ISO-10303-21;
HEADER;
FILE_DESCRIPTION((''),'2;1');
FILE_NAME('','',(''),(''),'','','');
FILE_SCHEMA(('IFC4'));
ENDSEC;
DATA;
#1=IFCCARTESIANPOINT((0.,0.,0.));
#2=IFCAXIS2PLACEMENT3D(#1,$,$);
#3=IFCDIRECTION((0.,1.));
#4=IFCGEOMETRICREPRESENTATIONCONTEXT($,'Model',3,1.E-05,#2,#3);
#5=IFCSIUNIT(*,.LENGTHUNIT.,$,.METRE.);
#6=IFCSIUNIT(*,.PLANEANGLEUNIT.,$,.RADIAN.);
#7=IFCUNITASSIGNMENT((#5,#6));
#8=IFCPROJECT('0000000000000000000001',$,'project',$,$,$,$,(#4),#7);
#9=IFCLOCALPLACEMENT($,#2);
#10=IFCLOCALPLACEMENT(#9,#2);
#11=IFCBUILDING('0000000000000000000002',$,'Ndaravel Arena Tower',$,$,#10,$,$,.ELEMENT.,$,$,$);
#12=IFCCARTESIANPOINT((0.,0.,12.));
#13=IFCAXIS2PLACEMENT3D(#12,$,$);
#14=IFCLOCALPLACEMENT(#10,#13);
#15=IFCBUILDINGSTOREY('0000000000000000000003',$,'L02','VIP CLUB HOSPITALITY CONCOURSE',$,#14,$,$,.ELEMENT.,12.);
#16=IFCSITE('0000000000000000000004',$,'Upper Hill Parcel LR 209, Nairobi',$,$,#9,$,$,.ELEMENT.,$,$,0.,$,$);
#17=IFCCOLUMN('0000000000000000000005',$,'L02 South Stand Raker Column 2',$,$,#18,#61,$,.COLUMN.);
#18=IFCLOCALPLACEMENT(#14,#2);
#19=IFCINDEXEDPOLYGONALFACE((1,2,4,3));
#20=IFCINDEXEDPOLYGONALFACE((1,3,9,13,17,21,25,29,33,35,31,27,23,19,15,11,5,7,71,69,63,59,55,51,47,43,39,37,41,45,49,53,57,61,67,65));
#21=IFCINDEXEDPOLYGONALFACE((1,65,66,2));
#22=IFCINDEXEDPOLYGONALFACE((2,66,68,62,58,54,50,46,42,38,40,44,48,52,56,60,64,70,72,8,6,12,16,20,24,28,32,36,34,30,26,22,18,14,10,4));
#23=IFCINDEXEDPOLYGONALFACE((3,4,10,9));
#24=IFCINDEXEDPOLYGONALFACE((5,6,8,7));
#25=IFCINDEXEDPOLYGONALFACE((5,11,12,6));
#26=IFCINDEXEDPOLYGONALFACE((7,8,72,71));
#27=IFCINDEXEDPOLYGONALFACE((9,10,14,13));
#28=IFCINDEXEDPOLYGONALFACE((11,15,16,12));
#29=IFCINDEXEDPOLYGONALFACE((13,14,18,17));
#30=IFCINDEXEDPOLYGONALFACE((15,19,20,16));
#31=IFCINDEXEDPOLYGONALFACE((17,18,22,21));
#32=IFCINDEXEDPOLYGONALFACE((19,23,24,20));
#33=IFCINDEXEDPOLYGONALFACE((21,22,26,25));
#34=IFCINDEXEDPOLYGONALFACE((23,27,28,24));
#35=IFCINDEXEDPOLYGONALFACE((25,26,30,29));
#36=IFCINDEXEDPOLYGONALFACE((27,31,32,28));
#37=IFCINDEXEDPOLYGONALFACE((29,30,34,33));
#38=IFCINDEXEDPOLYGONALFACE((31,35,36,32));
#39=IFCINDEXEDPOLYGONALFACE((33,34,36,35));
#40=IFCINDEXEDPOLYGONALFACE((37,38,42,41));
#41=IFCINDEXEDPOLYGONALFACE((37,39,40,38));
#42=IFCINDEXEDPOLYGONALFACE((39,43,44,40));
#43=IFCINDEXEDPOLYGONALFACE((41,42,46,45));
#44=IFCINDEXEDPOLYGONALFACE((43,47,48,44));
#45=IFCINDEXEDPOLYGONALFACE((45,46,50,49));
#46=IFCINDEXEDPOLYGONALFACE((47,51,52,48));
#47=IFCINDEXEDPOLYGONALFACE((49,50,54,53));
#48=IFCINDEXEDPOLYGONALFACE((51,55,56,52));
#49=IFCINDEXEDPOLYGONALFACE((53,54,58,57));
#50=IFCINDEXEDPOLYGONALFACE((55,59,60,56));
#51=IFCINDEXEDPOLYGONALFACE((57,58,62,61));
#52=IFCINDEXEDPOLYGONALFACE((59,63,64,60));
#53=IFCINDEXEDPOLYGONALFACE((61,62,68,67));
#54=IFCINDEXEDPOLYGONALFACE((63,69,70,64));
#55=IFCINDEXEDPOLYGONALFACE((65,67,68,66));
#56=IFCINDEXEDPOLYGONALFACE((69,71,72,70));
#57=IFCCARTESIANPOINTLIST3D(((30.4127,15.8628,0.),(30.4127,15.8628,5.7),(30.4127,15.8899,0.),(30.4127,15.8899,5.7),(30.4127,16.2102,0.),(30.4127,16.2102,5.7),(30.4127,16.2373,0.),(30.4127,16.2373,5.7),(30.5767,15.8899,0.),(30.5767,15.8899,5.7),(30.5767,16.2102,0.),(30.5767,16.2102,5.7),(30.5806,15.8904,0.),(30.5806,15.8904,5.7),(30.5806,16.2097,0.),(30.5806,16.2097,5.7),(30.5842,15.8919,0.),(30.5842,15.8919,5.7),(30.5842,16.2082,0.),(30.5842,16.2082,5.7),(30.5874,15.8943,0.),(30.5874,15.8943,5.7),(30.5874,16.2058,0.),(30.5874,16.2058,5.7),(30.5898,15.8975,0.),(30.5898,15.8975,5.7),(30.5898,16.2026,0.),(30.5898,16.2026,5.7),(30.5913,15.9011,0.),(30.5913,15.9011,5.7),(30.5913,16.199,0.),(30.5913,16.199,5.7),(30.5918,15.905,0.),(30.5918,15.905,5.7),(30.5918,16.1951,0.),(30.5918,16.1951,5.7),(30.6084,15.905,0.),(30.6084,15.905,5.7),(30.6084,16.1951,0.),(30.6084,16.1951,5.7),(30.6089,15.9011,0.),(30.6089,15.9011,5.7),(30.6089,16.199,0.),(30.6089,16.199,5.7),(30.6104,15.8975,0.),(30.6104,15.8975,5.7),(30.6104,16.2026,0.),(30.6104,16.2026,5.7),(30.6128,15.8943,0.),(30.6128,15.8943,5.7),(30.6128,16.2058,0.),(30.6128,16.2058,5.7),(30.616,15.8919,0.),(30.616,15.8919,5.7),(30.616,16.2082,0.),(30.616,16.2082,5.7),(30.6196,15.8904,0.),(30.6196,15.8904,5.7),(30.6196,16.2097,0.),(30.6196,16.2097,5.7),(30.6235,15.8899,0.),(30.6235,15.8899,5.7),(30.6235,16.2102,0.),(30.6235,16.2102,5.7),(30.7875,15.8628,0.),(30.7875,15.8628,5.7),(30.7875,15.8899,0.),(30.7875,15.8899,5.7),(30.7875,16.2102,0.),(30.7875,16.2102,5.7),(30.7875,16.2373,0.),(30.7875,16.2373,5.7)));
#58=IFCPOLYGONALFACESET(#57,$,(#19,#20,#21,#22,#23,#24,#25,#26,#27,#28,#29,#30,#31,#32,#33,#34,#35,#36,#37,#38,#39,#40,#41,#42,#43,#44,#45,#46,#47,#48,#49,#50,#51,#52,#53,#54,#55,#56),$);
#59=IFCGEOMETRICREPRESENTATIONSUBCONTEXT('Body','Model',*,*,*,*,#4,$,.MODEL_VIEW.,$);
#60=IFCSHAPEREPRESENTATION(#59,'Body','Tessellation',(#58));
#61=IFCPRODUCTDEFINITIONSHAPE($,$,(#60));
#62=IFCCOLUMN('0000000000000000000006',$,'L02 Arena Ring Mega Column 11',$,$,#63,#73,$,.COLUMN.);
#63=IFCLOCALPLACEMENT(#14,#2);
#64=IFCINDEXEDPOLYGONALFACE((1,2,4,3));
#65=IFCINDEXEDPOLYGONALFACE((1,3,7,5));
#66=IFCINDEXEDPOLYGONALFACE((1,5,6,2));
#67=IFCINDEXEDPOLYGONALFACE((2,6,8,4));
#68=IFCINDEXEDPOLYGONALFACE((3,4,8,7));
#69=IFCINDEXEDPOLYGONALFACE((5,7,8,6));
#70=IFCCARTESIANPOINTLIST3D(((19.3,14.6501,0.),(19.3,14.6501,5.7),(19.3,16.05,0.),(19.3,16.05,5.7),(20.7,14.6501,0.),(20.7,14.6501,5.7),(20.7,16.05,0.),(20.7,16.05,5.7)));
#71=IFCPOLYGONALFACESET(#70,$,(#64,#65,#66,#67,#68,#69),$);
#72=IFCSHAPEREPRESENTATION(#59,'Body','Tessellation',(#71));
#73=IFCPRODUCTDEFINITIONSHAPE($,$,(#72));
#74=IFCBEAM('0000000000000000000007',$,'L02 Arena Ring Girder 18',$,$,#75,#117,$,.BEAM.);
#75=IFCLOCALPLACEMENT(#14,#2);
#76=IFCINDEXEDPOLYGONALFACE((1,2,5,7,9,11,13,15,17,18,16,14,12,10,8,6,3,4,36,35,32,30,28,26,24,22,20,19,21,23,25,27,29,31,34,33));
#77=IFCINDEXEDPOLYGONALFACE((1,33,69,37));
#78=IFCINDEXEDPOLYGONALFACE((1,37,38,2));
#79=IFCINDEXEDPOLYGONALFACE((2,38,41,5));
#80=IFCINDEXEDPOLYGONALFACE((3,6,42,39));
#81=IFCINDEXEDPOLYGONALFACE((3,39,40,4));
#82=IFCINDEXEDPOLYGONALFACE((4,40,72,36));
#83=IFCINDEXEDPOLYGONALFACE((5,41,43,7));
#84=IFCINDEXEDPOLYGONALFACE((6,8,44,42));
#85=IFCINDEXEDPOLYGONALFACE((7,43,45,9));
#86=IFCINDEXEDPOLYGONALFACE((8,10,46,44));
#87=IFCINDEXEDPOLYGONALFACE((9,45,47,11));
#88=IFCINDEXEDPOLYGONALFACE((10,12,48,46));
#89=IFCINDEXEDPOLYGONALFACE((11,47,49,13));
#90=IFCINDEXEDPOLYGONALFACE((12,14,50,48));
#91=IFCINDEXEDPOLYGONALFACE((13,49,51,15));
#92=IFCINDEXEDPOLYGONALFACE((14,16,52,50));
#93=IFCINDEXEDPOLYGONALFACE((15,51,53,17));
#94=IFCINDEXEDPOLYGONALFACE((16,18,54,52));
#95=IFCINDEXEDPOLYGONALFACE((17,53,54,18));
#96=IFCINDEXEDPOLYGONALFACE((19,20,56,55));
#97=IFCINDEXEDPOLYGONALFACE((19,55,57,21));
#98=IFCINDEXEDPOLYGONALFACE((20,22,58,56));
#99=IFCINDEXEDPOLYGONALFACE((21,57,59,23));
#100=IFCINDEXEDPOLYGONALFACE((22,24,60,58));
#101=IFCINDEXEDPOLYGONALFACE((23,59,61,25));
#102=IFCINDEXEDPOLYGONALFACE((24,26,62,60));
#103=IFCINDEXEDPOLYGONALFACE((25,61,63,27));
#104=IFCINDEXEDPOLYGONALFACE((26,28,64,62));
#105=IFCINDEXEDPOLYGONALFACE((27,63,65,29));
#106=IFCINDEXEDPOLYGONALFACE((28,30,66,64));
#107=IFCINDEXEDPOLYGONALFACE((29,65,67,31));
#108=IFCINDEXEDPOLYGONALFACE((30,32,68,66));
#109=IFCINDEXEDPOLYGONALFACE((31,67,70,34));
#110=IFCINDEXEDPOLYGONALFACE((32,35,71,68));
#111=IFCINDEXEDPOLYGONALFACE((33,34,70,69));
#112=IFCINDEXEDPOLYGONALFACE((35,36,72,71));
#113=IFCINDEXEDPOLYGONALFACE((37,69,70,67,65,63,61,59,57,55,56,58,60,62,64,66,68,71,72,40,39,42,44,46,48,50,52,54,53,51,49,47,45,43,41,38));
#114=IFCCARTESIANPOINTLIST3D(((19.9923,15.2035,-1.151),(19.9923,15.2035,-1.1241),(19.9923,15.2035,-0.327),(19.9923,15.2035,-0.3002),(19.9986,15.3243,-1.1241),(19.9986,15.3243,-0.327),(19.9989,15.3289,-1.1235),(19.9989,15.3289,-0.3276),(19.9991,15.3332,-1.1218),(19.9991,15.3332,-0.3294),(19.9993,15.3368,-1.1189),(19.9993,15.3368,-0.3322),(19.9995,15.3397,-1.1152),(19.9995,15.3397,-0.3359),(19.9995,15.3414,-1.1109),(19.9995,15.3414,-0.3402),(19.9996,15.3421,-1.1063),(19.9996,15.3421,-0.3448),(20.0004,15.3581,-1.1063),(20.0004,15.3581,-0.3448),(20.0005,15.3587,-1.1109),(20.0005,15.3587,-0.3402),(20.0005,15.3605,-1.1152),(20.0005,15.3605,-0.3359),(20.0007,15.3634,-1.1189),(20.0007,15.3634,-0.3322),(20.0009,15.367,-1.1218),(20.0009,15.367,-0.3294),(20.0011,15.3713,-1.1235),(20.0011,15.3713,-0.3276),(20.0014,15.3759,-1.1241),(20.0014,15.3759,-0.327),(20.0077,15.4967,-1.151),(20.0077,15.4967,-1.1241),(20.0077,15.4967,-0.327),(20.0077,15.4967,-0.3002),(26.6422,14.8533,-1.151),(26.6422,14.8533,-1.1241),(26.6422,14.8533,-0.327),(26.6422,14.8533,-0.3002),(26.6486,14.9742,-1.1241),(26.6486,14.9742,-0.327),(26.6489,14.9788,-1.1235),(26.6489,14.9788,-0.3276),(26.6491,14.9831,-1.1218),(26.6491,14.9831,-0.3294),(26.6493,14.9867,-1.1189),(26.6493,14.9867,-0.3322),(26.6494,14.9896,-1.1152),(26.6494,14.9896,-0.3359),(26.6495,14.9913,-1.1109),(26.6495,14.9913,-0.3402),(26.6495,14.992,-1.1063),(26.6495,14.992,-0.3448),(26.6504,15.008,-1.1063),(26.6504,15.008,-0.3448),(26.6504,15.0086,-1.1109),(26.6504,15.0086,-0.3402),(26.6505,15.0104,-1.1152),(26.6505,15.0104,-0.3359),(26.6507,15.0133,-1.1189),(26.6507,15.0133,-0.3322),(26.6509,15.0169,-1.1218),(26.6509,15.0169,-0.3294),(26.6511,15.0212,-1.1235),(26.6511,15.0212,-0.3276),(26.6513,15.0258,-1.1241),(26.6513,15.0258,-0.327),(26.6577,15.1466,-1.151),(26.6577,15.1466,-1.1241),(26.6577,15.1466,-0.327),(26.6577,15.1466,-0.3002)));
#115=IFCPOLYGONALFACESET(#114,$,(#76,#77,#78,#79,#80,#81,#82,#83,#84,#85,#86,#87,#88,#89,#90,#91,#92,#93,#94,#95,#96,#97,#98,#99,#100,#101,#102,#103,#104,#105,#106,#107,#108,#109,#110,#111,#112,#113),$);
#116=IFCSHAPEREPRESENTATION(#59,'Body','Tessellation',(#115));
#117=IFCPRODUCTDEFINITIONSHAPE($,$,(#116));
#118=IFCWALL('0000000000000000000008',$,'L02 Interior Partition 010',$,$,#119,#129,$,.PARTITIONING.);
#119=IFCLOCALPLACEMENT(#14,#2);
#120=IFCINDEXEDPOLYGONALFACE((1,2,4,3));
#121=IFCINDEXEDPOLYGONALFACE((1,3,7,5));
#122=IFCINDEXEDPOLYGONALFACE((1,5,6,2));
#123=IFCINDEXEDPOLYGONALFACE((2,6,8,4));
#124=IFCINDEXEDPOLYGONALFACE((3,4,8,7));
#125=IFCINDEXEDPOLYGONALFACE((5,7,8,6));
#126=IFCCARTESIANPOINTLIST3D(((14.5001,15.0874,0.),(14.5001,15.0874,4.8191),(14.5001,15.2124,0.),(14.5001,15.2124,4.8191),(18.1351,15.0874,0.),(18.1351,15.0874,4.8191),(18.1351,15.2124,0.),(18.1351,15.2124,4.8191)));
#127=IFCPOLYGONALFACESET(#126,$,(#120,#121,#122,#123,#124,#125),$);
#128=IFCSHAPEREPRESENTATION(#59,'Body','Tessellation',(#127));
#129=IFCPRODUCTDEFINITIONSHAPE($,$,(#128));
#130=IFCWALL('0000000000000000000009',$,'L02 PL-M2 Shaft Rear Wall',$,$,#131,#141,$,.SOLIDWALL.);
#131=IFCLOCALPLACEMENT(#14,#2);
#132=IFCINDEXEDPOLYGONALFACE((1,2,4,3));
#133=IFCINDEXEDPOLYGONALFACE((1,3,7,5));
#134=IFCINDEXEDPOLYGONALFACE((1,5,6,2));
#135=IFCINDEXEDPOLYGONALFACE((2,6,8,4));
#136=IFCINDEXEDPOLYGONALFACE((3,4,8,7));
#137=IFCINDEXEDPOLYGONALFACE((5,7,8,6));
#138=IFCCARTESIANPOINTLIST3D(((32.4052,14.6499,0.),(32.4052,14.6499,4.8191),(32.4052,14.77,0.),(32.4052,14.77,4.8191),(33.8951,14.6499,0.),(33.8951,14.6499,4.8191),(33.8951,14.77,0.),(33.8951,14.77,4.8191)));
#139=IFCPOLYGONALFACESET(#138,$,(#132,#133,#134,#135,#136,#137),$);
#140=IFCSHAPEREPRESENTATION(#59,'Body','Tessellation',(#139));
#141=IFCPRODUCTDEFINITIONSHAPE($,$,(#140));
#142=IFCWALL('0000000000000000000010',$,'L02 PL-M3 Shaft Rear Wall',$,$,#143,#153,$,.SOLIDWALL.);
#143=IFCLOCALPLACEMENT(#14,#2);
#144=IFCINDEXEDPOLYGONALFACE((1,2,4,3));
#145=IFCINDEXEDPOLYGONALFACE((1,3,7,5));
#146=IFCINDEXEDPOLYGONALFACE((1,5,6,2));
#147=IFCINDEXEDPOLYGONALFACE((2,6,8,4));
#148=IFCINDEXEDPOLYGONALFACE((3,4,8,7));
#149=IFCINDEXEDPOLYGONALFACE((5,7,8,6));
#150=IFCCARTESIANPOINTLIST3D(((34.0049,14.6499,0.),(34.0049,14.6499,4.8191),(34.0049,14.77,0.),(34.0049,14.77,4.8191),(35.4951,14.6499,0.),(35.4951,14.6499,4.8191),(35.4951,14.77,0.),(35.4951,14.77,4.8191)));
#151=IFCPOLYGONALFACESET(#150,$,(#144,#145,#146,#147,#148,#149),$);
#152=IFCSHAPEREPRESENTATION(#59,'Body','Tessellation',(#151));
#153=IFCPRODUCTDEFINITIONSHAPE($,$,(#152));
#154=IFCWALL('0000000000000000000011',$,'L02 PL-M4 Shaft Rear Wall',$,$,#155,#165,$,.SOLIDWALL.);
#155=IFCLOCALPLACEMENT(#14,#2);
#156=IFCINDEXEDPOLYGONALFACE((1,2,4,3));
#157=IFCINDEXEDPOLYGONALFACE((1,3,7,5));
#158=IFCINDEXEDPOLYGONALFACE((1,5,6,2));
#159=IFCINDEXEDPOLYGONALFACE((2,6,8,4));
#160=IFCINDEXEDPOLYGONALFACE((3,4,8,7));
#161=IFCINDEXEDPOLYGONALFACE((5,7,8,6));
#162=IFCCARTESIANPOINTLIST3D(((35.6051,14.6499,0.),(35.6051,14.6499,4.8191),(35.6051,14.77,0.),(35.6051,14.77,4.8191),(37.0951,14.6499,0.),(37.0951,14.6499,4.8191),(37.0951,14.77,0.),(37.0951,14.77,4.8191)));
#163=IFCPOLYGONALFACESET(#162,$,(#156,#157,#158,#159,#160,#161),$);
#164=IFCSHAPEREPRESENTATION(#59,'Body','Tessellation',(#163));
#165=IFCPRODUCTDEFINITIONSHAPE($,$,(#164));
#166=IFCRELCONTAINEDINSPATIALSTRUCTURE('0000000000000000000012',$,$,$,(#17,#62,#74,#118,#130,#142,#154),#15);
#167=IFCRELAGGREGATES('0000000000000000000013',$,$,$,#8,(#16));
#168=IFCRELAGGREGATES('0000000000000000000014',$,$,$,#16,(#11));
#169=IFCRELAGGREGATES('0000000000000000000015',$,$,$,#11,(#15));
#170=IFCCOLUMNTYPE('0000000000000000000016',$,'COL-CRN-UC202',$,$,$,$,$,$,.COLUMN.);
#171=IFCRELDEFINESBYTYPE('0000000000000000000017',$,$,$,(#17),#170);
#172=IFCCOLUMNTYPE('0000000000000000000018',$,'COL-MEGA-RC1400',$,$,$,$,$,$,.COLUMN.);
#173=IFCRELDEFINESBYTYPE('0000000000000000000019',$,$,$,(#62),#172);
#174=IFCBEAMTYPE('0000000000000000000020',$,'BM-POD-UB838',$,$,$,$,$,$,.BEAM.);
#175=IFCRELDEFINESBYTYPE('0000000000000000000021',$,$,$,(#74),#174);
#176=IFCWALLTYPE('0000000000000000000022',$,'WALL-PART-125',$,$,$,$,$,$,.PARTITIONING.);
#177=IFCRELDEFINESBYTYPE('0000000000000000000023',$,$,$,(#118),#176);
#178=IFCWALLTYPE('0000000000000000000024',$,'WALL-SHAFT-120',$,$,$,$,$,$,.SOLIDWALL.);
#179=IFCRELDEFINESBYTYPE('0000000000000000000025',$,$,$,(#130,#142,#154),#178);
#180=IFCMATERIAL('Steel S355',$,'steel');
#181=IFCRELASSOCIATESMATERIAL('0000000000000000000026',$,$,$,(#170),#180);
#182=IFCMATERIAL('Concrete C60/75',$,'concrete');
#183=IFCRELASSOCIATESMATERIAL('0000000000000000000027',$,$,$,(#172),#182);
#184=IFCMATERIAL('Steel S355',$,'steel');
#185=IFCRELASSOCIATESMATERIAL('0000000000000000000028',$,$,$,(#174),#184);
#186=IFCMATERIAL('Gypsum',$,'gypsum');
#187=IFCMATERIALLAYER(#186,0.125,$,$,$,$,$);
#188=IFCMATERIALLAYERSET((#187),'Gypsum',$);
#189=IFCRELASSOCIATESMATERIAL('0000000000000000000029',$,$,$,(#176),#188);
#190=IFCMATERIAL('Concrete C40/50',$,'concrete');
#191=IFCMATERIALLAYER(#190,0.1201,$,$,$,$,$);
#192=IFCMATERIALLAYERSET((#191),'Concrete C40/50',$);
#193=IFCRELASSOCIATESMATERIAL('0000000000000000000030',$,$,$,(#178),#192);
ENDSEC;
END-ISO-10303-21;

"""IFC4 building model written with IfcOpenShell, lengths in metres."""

from ifc_helpers import new_model, si_unit, direction, frame, frame_2d, origin, origin_2d, place, context, subcontext, project, spatial, rectangle, i_section, extrude, material, layer, layer_set, material_profile, profile_set, type_object, element, save


model = new_model("IFC4")

# Units and contexts
model_context = context("Model", 3, precision=1e-05, world=origin(), true_north=direction((0.0, 1.0)))
body_context = subcontext(model_context, "Body", "Model", "MODEL_VIEW")
ifc_project = project(units=[si_unit("LENGTHUNIT", "METRE"), si_unit("PLANEANGLEUNIT", "RADIAN")], contexts=[model_context])

# Site, building, storey
site_placement = place(None, origin())
site = spatial("IfcSite", under=ifc_project, at=site_placement, Name="Upper Hill Parcel LR 209, Nairobi", CompositionType="ELEMENT", RefElevation=0.0)
building_placement = place(site_placement, origin())
building = spatial("IfcBuilding", under=site, at=building_placement, Name="Ndaravel Arena Tower", CompositionType="ELEMENT")
storey_placement = place(building_placement, frame((0.0, 0.0, 12.0)))
storey = spatial("IfcBuildingStorey", under=building, at=storey_placement, Name="L02", Description="VIP CLUB HOSPITALITY CONCOURSE", CompositionType="ELEMENT", Elevation=12.0)

# Columns
ifc_material_1 = material(Name="Steel S355", Category="steel")
ifc_material_profile_1 = material_profile(ifc_material_1, i_section(OverallWidth=0.3748, OverallDepth=0.3745, WebThickness=0.0166, FlangeThickness=0.0271, FilletRadius=0.0151, at=origin_2d()), Name="UC 356x368x202")
ifc_profile_set_1 = profile_set([ifc_material_profile_1], Name="Steel S355")
column_type_1 = type_object("IfcColumnType", Name="COL-CRN-UC202", PredefinedType="COLUMN", material=ifc_profile_set_1)
column_1_placement = place(storey_placement, frame((30.6001, 16.05, 0.0), z_axis=(0.0, 0.0, 1.0), x_axis=(1.0, 0.0, 0.0)))
element("IfcColumn", 1, at=column_1_placement, inside=storey, type_object=column_type_1, Name="L02 South Stand Raker Column 2", PredefinedType="COLUMN", context=body_context, shape_type="SweptSolid", body=[
    extrude(i_section(OverallWidth=0.3748, OverallDepth=0.3745, WebThickness=0.0166, FlangeThickness=0.0271, FilletRadius=0.0151, at=origin_2d()), origin(), (0.0, 0.0, 1.0), 5.7),
])
ifc_material_2 = material(Name="Concrete C60/75", Category="concrete")
ifc_material_profile_2 = material_profile(ifc_material_2, rectangle(XDim=1.3999, YDim=1.3999, at=origin_2d()), Name="RC 1400x1400")
ifc_profile_set_2 = profile_set([ifc_material_profile_2], Name="Concrete C60/75")
column_type_2 = type_object("IfcColumnType", Name="COL-MEGA-RC1400", PredefinedType="COLUMN", material=ifc_profile_set_2)
column_2_placement = place(storey_placement, frame((20.0, 15.3501, 0.0), z_axis=(0.0, 0.0, 1.0), x_axis=(1.0, 0.0, 0.0)))
element("IfcColumn", 2, at=column_2_placement, inside=storey, type_object=column_type_2, Name="L02 Arena Ring Mega Column 11", PredefinedType="COLUMN", context=body_context, shape_type="SweptSolid", body=[
    extrude(rectangle(XDim=1.3999, YDim=1.3999, at=origin_2d()), origin(), (0.0, 0.0, 1.0), 5.7),
])

# Beam
ifc_material_3 = material(Name="Steel S355", Category="steel")
ifc_material_profile_3 = material_profile(ifc_material_3, i_section(OverallWidth=0.2937, OverallDepth=0.8508, WebThickness=0.0161, FlangeThickness=0.0269, FilletRadius=0.0178, at=origin_2d()), Name="UB 838x292x226")
ifc_profile_set_3 = profile_set([ifc_material_profile_3], Name="Steel S355")
beam_type = type_object("IfcBeamType", Name="BM-POD-UB838", PredefinedType="BEAM", material=ifc_profile_set_3)
beam_placement = place(storey_placement, frame((20.0, 15.3501, -0.7256), z_axis=(0.998617, -0.052574, 0.0), x_axis=(0.052574, 0.998617, 0.0)))
element("IfcBeam", 3, at=beam_placement, inside=storey, type_object=beam_type, Name="L02 Arena Ring Girder 18", PredefinedType="BEAM", context=body_context, shape_type="SweptSolid", body=[
    extrude(i_section(OverallWidth=0.2937, OverallDepth=0.8508, WebThickness=0.0161, FlangeThickness=0.0269, FilletRadius=0.0178, at=origin_2d()), origin(), (0.0, 0.0, 1.0), 6.6592),
])

# Walls
ifc_material_4 = material(Name="Gypsum", Category="gypsum")
ifc_layer_1 = layer(ifc_material_4, 0.125)
ifc_layer_set_1 = layer_set([ifc_layer_1], Name="Gypsum")
wall_type_1 = type_object("IfcWallType", Name="WALL-PART-125", PredefinedType="PARTITIONING", material=ifc_layer_set_1)
wall_1_placement = place(storey_placement, frame((18.135, 15.1499, 0.0), z_axis=(0.0, 0.0, 1.0), x_axis=(-1.0, 0.0, 0.0)))
element("IfcWall", 4, at=wall_1_placement, inside=storey, type_object=wall_type_1, Name="L02 Interior Partition 010", PredefinedType="PARTITIONING", context=body_context, shape_type="SweptSolid", body=[
    extrude(rectangle(XDim=3.635, YDim=0.125, at=frame_2d((1.8174, 0.0))), origin(), (0.0, 0.0, 1.0), 4.8191),
])
ifc_material_5 = material(Name="Concrete C40/50", Category="concrete")
ifc_layer_2 = layer(ifc_material_5, 0.1201)
ifc_layer_set_2 = layer_set([ifc_layer_2], Name="Concrete C40/50")
wall_type_2 = type_object("IfcWallType", Name="WALL-SHAFT-120", PredefinedType="SOLIDWALL", material=ifc_layer_set_2)
wall_2_placement = place(storey_placement, frame((32.405, 14.71, 0.0), z_axis=(0.0, 0.0, 1.0), x_axis=(1.0, 0.0, 0.0)))
element("IfcWall", 5, at=wall_2_placement, inside=storey, type_object=wall_type_2, Name="L02 PL-M2 Shaft Rear Wall", PredefinedType="SOLIDWALL", context=body_context, shape_type="SweptSolid", body=[
    extrude(rectangle(XDim=1.49, YDim=0.1201, at=frame_2d((0.7451, 0.0))), origin(), (0.0, 0.0, 1.0), 4.8191),
])
wall_3_placement = place(storey_placement, frame((34.0049, 14.71, 0.0), z_axis=(0.0, 0.0, 1.0), x_axis=(1.0, 0.0, 0.0)))
element("IfcWall", 6, at=wall_3_placement, inside=storey, type_object=wall_type_2, Name="L02 PL-M3 Shaft Rear Wall", PredefinedType="SOLIDWALL", context=body_context, shape_type="SweptSolid", body=[
    extrude(rectangle(XDim=1.4902, YDim=0.1201, at=frame_2d((0.7451, 0.0))), origin(), (0.0, 0.0, 1.0), 4.8191),
])
wall_4_placement = place(storey_placement, frame((35.605, 14.71, 0.0), z_axis=(0.0, 0.0, 1.0), x_axis=(1.0, 0.0, 0.0)))
element("IfcWall", 7, at=wall_4_placement, inside=storey, type_object=wall_type_2, Name="L02 PL-M4 Shaft Rear Wall", PredefinedType="SOLIDWALL", context=body_context, shape_type="SweptSolid", body=[
    extrude(rectangle(XDim=1.49, YDim=0.1201, at=frame_2d((0.7451, 0.0))), origin(), (0.0, 0.0, 1.0), 4.8191),
])

save(model, "model.ifc")
